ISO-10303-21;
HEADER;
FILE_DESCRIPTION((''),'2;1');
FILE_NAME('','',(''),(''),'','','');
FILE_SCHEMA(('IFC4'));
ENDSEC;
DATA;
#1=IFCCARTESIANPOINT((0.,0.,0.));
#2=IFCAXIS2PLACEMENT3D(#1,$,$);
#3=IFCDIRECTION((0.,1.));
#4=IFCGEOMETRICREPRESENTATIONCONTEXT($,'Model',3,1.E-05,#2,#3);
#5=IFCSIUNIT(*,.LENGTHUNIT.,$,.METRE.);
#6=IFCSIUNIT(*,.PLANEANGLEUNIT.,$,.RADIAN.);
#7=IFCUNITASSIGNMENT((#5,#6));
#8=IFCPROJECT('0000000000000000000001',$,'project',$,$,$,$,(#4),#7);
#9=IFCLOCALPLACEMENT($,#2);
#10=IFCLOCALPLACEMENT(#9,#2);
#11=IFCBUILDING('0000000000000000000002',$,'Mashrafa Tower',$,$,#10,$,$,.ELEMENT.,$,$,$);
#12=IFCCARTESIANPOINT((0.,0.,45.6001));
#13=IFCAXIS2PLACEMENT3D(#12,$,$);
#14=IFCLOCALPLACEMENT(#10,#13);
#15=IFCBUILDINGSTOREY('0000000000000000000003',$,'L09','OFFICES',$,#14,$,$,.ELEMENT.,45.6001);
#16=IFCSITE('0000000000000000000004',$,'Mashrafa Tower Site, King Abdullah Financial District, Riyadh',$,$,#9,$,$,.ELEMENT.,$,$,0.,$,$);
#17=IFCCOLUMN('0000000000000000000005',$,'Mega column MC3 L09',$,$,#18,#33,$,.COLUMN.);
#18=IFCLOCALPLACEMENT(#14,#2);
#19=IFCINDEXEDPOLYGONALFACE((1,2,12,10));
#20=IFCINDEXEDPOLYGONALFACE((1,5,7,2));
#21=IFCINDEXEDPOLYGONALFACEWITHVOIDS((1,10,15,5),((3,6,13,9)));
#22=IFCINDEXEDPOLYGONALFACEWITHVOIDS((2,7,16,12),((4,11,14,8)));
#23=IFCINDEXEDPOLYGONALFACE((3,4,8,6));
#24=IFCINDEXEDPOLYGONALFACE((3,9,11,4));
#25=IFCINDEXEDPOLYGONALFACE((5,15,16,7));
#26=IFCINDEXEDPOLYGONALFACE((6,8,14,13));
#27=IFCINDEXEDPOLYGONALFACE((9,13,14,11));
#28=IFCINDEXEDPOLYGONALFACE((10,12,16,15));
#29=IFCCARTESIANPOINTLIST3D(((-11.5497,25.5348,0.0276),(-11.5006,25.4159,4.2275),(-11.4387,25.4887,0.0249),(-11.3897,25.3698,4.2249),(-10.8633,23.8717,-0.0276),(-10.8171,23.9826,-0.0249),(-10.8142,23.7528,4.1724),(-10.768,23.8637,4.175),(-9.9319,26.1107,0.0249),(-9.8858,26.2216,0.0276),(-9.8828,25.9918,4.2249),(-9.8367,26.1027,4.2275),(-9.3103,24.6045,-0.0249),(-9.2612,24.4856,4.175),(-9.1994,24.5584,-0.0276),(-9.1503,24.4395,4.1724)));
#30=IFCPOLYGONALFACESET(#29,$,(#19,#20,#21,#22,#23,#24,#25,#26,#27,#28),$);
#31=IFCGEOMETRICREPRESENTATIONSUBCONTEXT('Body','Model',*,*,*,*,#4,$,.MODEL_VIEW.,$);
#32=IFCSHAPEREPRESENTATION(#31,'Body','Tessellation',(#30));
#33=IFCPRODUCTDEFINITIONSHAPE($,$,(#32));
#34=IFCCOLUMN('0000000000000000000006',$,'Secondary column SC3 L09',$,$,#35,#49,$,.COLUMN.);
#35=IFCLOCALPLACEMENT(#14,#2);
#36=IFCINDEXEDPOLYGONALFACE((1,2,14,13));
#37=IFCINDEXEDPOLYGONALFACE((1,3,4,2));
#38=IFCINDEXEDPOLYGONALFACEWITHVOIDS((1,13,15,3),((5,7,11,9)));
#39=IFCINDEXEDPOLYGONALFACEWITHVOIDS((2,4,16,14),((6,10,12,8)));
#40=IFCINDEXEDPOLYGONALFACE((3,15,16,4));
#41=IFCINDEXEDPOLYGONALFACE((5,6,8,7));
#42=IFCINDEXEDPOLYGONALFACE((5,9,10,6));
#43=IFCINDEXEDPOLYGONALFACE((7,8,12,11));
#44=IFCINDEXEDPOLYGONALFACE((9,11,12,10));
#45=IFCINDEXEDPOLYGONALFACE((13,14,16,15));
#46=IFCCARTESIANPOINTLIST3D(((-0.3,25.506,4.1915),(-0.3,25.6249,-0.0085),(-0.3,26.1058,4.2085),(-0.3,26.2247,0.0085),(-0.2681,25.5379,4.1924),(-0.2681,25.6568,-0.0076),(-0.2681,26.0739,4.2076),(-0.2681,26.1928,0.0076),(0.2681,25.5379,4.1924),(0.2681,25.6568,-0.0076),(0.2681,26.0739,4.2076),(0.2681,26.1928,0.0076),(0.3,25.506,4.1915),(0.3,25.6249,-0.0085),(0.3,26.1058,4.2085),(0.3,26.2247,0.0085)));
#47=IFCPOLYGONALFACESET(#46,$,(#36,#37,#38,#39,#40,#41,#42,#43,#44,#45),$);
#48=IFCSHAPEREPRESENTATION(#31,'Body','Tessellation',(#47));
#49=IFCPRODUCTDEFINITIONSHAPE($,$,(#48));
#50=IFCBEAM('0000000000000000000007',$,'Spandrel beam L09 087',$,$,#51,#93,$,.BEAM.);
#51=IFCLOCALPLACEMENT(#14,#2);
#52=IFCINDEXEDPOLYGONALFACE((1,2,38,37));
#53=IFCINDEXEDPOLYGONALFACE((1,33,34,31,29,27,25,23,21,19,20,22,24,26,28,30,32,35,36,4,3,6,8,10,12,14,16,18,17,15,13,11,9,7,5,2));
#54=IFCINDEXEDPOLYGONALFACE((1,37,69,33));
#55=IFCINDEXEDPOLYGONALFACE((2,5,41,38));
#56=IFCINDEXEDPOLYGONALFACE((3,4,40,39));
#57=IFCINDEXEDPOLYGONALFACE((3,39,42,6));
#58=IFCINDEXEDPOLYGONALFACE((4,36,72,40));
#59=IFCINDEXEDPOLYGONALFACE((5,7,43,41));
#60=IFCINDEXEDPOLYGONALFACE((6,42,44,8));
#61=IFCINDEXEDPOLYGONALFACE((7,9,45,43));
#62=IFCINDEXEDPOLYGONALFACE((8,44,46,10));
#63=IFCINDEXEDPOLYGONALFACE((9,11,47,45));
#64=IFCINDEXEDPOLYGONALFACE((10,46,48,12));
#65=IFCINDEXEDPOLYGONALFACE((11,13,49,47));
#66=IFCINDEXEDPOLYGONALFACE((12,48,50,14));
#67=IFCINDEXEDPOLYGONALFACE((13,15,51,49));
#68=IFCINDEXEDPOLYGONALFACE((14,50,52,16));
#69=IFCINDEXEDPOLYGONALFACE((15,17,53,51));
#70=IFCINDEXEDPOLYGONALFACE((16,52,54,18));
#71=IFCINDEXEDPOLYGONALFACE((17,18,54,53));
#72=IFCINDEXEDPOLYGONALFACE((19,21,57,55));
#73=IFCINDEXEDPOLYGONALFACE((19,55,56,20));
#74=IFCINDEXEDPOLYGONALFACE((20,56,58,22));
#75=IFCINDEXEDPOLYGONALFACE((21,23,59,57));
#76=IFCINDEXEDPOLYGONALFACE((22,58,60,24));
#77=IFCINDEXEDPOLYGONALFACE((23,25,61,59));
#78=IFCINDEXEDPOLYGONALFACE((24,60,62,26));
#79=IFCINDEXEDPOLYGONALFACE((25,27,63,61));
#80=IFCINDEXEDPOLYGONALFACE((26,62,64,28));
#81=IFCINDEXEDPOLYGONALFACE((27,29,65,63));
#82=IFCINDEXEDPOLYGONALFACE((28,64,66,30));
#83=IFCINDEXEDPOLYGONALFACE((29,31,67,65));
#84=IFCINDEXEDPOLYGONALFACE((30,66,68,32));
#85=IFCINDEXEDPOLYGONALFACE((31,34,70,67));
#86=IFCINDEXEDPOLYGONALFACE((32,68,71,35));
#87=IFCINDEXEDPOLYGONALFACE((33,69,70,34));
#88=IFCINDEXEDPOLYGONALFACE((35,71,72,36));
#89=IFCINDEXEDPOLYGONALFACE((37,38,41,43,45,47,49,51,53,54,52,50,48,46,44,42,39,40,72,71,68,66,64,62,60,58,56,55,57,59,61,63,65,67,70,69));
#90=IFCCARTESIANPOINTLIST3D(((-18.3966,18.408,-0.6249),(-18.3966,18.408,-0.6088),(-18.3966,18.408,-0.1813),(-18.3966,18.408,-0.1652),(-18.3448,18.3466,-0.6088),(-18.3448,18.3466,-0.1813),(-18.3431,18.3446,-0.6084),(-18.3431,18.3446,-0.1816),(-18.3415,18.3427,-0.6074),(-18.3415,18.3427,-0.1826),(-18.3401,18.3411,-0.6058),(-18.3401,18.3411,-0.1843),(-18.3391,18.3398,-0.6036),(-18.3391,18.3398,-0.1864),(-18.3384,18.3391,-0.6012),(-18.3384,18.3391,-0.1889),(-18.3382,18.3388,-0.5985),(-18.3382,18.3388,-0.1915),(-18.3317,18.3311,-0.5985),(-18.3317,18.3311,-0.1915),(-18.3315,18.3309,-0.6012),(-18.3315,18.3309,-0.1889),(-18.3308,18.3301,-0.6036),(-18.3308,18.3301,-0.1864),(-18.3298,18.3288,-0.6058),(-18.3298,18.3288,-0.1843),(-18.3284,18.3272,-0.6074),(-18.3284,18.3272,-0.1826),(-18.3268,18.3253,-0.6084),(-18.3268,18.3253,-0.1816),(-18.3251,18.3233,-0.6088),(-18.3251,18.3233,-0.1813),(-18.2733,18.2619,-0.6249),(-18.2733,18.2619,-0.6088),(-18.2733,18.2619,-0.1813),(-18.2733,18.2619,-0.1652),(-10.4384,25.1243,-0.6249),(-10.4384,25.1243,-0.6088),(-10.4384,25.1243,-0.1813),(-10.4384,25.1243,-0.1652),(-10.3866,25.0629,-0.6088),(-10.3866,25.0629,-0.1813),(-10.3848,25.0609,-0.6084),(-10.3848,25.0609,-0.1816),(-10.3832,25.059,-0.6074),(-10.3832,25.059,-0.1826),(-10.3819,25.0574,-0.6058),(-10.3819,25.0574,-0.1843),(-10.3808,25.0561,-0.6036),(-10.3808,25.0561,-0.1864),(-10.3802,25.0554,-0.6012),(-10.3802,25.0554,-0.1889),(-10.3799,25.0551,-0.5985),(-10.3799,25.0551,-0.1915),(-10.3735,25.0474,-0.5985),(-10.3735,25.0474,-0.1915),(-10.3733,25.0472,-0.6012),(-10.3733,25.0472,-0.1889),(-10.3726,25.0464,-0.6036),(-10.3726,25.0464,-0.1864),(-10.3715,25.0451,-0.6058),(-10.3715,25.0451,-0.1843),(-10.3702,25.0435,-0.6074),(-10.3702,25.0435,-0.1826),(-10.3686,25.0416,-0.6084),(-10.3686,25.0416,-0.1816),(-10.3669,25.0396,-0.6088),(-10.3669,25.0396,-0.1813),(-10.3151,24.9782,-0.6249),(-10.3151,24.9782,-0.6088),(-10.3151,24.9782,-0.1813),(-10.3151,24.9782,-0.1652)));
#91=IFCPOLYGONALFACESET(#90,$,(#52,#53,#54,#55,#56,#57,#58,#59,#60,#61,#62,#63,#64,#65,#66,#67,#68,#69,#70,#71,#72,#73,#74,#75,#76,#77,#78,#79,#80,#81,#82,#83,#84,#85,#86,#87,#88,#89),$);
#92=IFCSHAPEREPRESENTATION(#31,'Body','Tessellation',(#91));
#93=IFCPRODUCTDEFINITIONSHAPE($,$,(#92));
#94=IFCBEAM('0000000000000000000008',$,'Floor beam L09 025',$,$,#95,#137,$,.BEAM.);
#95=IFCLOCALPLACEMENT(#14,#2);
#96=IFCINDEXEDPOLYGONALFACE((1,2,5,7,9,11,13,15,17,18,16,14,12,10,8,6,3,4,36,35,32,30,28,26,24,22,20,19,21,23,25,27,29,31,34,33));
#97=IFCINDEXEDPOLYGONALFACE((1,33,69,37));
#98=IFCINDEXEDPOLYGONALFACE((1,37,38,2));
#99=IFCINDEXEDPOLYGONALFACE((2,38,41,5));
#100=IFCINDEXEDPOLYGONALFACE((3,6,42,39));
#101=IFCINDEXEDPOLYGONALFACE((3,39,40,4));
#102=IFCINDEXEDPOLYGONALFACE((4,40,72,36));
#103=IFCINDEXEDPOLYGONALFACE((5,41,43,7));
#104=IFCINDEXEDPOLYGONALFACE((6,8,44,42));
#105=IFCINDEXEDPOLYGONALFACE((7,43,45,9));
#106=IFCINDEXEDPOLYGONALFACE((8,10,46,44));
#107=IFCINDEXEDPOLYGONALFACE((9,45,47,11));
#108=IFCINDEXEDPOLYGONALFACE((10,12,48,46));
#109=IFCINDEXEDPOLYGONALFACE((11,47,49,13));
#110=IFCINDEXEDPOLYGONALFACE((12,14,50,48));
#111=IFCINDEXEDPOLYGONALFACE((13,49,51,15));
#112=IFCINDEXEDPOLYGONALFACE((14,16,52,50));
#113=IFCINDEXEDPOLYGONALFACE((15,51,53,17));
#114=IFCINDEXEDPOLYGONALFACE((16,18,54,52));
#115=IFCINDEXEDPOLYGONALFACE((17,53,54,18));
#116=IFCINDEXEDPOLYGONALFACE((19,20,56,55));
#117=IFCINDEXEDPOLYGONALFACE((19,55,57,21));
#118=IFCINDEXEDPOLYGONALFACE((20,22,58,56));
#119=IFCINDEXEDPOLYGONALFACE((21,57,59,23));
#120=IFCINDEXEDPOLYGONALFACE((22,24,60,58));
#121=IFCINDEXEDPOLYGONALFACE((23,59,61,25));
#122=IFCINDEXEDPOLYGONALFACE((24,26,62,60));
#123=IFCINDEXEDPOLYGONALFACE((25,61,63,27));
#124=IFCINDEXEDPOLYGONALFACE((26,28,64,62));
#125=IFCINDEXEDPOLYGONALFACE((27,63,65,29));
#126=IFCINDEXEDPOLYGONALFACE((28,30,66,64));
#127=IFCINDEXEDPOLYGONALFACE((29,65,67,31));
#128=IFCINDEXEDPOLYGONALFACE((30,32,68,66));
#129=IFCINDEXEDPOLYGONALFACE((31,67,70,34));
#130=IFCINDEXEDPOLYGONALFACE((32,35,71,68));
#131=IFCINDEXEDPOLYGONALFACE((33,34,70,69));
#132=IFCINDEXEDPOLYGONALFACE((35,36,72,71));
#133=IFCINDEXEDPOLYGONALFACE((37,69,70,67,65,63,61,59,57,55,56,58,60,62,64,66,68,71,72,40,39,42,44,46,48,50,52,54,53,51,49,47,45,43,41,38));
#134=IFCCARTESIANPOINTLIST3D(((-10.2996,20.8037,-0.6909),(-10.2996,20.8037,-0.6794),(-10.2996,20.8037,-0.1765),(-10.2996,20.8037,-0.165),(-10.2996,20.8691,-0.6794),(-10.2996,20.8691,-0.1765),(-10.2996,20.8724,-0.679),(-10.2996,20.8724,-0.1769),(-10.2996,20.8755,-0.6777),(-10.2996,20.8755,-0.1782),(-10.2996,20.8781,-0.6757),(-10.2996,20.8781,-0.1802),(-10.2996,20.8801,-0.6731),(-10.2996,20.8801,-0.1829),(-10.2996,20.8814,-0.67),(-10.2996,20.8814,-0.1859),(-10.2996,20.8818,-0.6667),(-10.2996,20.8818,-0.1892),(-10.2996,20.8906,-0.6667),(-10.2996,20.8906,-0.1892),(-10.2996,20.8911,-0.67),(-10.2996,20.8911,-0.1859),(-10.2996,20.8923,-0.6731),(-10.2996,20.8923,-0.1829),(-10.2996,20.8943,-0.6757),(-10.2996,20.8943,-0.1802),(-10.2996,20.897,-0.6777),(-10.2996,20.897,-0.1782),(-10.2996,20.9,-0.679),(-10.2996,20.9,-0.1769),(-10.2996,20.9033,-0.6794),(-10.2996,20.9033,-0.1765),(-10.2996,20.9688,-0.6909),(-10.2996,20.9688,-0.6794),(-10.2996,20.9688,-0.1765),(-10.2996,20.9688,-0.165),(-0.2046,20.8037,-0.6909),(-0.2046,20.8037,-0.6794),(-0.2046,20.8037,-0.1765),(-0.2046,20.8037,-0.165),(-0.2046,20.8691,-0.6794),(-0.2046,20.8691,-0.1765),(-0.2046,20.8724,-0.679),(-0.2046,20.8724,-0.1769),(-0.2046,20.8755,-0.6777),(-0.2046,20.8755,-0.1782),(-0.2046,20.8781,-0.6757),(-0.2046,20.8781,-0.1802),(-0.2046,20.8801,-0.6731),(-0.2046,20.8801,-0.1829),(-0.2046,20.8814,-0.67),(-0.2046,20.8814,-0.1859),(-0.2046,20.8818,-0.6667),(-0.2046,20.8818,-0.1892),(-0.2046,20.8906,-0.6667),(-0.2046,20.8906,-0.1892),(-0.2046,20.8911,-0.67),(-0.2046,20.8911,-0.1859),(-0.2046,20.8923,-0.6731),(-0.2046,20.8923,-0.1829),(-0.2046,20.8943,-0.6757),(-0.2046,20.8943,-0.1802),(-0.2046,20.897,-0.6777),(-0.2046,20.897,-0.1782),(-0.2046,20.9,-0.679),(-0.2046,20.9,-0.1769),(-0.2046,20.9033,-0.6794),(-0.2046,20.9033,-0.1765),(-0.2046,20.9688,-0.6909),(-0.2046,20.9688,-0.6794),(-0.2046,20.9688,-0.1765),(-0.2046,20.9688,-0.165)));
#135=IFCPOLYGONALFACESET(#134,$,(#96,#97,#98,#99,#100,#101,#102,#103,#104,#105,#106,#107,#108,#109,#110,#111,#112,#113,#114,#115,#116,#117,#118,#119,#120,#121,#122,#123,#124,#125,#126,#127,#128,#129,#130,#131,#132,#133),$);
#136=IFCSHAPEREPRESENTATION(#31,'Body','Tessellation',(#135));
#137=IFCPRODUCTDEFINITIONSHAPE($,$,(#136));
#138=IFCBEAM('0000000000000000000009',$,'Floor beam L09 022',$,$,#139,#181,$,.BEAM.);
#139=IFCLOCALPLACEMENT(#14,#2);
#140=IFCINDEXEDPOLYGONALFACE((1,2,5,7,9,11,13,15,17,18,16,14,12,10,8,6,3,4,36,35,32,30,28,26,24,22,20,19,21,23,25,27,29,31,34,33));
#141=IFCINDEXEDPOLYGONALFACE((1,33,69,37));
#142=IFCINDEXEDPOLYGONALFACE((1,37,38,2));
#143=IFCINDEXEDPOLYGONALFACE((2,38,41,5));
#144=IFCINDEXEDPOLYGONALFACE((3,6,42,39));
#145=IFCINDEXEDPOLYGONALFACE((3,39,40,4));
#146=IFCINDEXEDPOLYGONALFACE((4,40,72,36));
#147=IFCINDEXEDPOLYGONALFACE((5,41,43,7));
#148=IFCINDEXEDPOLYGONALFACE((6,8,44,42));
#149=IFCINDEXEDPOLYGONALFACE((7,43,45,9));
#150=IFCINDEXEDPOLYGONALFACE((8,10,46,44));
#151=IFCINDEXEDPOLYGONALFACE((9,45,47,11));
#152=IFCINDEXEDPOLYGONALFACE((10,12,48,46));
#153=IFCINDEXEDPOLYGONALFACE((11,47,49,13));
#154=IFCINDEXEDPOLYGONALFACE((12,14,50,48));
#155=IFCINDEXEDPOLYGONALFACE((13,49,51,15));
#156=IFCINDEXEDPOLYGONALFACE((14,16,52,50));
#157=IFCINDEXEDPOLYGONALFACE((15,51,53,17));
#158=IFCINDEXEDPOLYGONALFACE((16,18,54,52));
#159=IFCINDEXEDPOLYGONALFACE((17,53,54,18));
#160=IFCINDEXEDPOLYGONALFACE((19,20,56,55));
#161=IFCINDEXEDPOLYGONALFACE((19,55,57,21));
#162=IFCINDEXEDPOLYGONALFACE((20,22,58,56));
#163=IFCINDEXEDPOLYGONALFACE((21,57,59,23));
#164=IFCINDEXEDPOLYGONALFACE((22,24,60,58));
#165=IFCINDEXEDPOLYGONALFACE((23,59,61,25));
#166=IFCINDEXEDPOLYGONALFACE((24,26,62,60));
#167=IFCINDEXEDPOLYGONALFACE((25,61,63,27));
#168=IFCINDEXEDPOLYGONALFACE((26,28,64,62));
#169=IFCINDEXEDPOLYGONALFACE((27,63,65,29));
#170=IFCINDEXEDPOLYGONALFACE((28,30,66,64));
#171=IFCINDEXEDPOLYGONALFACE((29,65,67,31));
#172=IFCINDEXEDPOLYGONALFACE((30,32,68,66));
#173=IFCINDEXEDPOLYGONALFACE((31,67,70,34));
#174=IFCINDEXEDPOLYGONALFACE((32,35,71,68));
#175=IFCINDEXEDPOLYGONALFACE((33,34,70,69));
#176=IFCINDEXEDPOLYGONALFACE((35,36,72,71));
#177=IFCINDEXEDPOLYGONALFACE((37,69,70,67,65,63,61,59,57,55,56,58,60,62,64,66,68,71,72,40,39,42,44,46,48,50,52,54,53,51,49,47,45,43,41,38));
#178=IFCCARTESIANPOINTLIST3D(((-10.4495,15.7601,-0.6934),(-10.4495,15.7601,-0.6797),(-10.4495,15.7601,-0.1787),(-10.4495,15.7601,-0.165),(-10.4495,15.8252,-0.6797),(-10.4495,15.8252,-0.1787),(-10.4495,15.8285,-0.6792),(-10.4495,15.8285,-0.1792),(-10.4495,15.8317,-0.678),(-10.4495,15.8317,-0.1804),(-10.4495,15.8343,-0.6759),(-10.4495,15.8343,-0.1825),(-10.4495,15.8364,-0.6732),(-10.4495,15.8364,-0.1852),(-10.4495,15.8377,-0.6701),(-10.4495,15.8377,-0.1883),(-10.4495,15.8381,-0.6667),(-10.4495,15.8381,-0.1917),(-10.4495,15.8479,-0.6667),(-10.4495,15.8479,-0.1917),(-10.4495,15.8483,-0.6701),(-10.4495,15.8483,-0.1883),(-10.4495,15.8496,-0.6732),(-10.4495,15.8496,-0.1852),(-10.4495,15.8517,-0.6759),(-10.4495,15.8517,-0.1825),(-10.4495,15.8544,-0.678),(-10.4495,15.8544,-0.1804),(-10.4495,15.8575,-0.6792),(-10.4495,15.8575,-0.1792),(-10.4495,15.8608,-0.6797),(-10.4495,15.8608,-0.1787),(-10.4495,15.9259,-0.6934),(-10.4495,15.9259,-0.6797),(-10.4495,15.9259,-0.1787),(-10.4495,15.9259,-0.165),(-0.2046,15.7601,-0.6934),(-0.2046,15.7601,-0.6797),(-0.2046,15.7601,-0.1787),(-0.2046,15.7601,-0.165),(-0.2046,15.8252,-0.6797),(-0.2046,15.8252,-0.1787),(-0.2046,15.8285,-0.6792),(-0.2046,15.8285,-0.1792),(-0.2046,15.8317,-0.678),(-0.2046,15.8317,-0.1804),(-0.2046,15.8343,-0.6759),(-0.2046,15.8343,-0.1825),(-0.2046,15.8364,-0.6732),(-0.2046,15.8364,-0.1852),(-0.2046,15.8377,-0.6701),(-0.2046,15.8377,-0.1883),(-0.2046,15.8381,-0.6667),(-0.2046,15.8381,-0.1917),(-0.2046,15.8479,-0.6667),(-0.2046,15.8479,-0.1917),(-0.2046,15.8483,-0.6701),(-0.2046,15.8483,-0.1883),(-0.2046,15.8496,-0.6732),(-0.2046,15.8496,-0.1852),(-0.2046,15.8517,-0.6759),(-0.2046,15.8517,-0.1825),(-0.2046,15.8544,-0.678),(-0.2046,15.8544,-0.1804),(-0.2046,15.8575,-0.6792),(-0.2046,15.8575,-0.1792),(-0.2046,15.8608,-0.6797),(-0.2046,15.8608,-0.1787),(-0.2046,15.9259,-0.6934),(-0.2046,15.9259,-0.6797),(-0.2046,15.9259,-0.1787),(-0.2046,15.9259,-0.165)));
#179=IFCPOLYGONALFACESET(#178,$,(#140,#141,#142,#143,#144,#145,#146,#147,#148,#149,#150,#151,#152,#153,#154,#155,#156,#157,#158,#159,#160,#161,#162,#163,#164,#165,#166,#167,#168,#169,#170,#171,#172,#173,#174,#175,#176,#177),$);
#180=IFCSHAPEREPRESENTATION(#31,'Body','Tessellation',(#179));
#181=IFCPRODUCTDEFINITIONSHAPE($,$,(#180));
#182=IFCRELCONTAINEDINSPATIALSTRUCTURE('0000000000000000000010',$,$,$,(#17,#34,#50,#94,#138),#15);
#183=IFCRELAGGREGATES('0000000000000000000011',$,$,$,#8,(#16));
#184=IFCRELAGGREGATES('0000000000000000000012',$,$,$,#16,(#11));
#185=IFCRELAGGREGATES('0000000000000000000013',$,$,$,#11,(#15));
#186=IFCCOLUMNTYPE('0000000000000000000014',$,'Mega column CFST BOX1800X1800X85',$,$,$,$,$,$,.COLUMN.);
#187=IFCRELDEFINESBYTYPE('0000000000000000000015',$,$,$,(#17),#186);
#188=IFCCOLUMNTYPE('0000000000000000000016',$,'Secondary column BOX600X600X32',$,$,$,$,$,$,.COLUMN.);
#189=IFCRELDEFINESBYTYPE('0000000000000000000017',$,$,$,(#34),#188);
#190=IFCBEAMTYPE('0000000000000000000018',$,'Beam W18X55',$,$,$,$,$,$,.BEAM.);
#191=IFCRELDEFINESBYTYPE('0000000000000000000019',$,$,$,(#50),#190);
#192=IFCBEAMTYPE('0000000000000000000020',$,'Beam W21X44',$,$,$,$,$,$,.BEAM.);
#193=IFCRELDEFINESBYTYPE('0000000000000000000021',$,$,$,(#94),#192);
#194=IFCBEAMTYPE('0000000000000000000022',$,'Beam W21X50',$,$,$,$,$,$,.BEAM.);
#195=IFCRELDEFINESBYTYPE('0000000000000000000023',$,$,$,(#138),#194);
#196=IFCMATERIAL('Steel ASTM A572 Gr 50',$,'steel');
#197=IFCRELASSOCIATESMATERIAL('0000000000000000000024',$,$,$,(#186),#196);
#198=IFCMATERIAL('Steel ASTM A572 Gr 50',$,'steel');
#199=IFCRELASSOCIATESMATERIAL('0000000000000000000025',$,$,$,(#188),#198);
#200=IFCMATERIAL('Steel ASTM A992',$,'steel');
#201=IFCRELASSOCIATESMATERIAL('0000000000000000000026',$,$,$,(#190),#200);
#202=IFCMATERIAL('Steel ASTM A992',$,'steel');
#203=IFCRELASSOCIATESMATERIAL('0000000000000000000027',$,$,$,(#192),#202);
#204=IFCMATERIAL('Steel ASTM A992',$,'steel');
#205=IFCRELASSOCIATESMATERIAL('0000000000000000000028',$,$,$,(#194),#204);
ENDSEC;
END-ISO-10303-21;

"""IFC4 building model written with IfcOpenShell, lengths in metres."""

from ifc_helpers import new_model, si_unit, direction, frame, origin, origin_2d, place, context, subcontext, project, spatial, hollow_rectangle, i_section, extrude, material, material_profile, profile_set, type_object, element, save


model = new_model("IFC4")

# Units and contexts
model_context = context("Model", 3, precision=1e-05, world=origin(), true_north=direction((0.0, 1.0)))
body_context = subcontext(model_context, "Body", "Model", "MODEL_VIEW")
ifc_project = project(units=[si_unit("LENGTHUNIT", "METRE"), si_unit("PLANEANGLEUNIT", "RADIAN")], contexts=[model_context])

# Site, building, storey
site_placement = place(None, origin())
site = spatial("IfcSite", under=ifc_project, at=site_placement, Name="Mashrafa Tower Site, King Abdullah Financial District, Riyadh", CompositionType="ELEMENT", RefElevation=0.0)
building_placement = place(site_placement, origin())
building = spatial("IfcBuilding", under=site, at=building_placement, Name="Mashrafa Tower", CompositionType="ELEMENT")
storey_placement = place(building_placement, frame((0.0, 0.0, 45.6001)))
storey = spatial("IfcBuildingStorey", under=building, at=storey_placement, Name="L09", Description="OFFICES", CompositionType="ELEMENT", Elevation=45.6001)

# Columns
ifc_material_1 = material(Name="Steel ASTM A572 Gr 50", Category="steel")
ifc_material_profile_1 = material_profile(ifc_material_1, hollow_rectangle(XDim=1.8, YDim=1.8, WallThickness=0.085, at=origin_2d()), Name="BOX1800X1800X85")
ifc_profile_set_1 = profile_set([ifc_material_profile_1], Name="Steel ASTM A572 Gr 50")
column_type_1 = type_object("IfcColumnType", Name="Mega column CFST BOX1800X1800X85", PredefinedType="COLUMN", material=ifc_profile_set_1)
column_1_placement = place(storey_placement, frame((-10.3745, 25.0466, 0.0), z_axis=(0.011679, -0.028296, 0.999531), x_axis=(0.924363, 0.381513, 0.0)))
element("IfcColumn", 1, at=column_1_placement, inside=storey, type_object=column_type_1, Name="Mega column MC3 L09", PredefinedType="COLUMN", context=body_context, shape_type="SweptSolid", body=[
    extrude(hollow_rectangle(XDim=1.8, YDim=1.8, WallThickness=0.085, at=origin_2d()), origin(), (0.0, 0.0, 1.0), 4.2019),
])
ifc_material_2 = material(Name="Steel ASTM A572 Gr 50", Category="steel")
ifc_material_profile_2 = material_profile(ifc_material_2, hollow_rectangle(XDim=0.6001, YDim=0.6001, WallThickness=0.032, at=origin_2d()), Name="BOX600X600X32")
ifc_profile_set_2 = profile_set([ifc_material_profile_2], Name="Steel ASTM A572 Gr 50")
column_type_2 = type_object("IfcColumnType", Name="Secondary column BOX600X600X32", PredefinedType="COLUMN", material=ifc_profile_set_2)
column_2_placement = place(storey_placement, frame((0.0, 25.9248, 0.0), z_axis=(0.0, -0.028298, 0.9996), x_axis=(1.0, 0.0, 0.0)))
element("IfcColumn", 2, at=column_2_placement, inside=storey, type_object=column_type_2, Name="Secondary column SC3 L09", PredefinedType="COLUMN", context=body_context, shape_type="SweptSolid", body=[
    extrude(hollow_rectangle(XDim=0.6001, YDim=0.6001, WallThickness=0.032, at=origin_2d()), origin(), (0.0, 0.0, 1.0), 4.2017),
])

# Beams
ifc_material_3 = material(Name="Steel ASTM A992", Category="steel")
ifc_material_profile_3 = material_profile(ifc_material_3, i_section(OverallWidth=0.1912, OverallDepth=0.4597, WebThickness=0.01, FlangeThickness=0.0161, FilletRadius=0.0103, at=origin_2d()), Name="W18X55")
ifc_profile_set_3 = profile_set([ifc_material_profile_3], Name="Steel ASTM A992")
beam_type_1 = type_object("IfcBeamType", Name="Beam W18X55", PredefinedType="BEAM", material=ifc_profile_set_3)
beam_1_placement = place(storey_placement, frame((-10.3767, 25.0513, -0.395), z_axis=(-0.764219, -0.644957, 0.0), x_axis=(0.644957, -0.764219, 0.0)))
element("IfcBeam", 3, at=beam_1_placement, inside=storey, type_object=beam_type_1, Name="Spandrel beam L09 087", PredefinedType="BEAM", context=body_context, shape_type="SweptSolid", body=[
    extrude(i_section(OverallWidth=0.1912, OverallDepth=0.4597, WebThickness=0.01, FlangeThickness=0.0161, FilletRadius=0.0103, at=origin_2d()), origin(), (0.0, 0.0, 1.0), 10.4136),
])
ifc_material_4 = material(Name="Steel ASTM A992", Category="steel")
ifc_material_profile_4 = material_profile(ifc_material_4, i_section(OverallWidth=0.165, OverallDepth=0.5259, WebThickness=0.0088, FlangeThickness=0.0115, FilletRadius=0.0127, at=origin_2d()), Name="W21X44")
ifc_profile_set_4 = profile_set([ifc_material_profile_4], Name="Steel ASTM A992")
beam_type_2 = type_object("IfcBeamType", Name="Beam W21X44", PredefinedType="BEAM", material=ifc_profile_set_4)
beam_2_placement = place(storey_placement, frame((-10.2996, 20.8862, -0.428), z_axis=(1.0, 0.0, 0.0), x_axis=(0.0, 1.0, 0.0)))
element("IfcBeam", 4, at=beam_2_placement, inside=storey, type_object=beam_type_2, Name="Floor beam L09 025", PredefinedType="BEAM", context=body_context, shape_type="SweptSolid", body=[
    extrude(i_section(OverallWidth=0.165, OverallDepth=0.5259, WebThickness=0.0088, FlangeThickness=0.0115, FilletRadius=0.0127, at=origin_2d()), origin(), (0.0, 0.0, 1.0), 10.095),
])
ifc_material_5 = material(Name="Steel ASTM A992", Category="steel")
ifc_material_profile_5 = material_profile(ifc_material_5, i_section(OverallWidth=0.1658, OverallDepth=0.5283, WebThickness=0.0098, FlangeThickness=0.0137, FilletRadius=0.0129, at=origin_2d()), Name="W21X50")
ifc_profile_set_5 = profile_set([ifc_material_profile_5], Name="Steel ASTM A992")
beam_type_3 = type_object("IfcBeamType", Name="Beam W21X50", PredefinedType="BEAM", material=ifc_profile_set_5)
beam_3_placement = place(storey_placement, frame((-10.4495, 15.843, -0.4292), z_axis=(1.0, 0.0, 0.0), x_axis=(0.0, 1.0, 0.0)))
element("IfcBeam", 5, at=beam_3_placement, inside=storey, type_object=beam_type_3, Name="Floor beam L09 022", PredefinedType="BEAM", context=body_context, shape_type="SweptSolid", body=[
    extrude(i_section(OverallWidth=0.1658, OverallDepth=0.5283, WebThickness=0.0098, FlangeThickness=0.0137, FilletRadius=0.0129, at=origin_2d()), origin(), (0.0, 0.0, 1.0), 10.2449),
])

save(model, "model.ifc")
